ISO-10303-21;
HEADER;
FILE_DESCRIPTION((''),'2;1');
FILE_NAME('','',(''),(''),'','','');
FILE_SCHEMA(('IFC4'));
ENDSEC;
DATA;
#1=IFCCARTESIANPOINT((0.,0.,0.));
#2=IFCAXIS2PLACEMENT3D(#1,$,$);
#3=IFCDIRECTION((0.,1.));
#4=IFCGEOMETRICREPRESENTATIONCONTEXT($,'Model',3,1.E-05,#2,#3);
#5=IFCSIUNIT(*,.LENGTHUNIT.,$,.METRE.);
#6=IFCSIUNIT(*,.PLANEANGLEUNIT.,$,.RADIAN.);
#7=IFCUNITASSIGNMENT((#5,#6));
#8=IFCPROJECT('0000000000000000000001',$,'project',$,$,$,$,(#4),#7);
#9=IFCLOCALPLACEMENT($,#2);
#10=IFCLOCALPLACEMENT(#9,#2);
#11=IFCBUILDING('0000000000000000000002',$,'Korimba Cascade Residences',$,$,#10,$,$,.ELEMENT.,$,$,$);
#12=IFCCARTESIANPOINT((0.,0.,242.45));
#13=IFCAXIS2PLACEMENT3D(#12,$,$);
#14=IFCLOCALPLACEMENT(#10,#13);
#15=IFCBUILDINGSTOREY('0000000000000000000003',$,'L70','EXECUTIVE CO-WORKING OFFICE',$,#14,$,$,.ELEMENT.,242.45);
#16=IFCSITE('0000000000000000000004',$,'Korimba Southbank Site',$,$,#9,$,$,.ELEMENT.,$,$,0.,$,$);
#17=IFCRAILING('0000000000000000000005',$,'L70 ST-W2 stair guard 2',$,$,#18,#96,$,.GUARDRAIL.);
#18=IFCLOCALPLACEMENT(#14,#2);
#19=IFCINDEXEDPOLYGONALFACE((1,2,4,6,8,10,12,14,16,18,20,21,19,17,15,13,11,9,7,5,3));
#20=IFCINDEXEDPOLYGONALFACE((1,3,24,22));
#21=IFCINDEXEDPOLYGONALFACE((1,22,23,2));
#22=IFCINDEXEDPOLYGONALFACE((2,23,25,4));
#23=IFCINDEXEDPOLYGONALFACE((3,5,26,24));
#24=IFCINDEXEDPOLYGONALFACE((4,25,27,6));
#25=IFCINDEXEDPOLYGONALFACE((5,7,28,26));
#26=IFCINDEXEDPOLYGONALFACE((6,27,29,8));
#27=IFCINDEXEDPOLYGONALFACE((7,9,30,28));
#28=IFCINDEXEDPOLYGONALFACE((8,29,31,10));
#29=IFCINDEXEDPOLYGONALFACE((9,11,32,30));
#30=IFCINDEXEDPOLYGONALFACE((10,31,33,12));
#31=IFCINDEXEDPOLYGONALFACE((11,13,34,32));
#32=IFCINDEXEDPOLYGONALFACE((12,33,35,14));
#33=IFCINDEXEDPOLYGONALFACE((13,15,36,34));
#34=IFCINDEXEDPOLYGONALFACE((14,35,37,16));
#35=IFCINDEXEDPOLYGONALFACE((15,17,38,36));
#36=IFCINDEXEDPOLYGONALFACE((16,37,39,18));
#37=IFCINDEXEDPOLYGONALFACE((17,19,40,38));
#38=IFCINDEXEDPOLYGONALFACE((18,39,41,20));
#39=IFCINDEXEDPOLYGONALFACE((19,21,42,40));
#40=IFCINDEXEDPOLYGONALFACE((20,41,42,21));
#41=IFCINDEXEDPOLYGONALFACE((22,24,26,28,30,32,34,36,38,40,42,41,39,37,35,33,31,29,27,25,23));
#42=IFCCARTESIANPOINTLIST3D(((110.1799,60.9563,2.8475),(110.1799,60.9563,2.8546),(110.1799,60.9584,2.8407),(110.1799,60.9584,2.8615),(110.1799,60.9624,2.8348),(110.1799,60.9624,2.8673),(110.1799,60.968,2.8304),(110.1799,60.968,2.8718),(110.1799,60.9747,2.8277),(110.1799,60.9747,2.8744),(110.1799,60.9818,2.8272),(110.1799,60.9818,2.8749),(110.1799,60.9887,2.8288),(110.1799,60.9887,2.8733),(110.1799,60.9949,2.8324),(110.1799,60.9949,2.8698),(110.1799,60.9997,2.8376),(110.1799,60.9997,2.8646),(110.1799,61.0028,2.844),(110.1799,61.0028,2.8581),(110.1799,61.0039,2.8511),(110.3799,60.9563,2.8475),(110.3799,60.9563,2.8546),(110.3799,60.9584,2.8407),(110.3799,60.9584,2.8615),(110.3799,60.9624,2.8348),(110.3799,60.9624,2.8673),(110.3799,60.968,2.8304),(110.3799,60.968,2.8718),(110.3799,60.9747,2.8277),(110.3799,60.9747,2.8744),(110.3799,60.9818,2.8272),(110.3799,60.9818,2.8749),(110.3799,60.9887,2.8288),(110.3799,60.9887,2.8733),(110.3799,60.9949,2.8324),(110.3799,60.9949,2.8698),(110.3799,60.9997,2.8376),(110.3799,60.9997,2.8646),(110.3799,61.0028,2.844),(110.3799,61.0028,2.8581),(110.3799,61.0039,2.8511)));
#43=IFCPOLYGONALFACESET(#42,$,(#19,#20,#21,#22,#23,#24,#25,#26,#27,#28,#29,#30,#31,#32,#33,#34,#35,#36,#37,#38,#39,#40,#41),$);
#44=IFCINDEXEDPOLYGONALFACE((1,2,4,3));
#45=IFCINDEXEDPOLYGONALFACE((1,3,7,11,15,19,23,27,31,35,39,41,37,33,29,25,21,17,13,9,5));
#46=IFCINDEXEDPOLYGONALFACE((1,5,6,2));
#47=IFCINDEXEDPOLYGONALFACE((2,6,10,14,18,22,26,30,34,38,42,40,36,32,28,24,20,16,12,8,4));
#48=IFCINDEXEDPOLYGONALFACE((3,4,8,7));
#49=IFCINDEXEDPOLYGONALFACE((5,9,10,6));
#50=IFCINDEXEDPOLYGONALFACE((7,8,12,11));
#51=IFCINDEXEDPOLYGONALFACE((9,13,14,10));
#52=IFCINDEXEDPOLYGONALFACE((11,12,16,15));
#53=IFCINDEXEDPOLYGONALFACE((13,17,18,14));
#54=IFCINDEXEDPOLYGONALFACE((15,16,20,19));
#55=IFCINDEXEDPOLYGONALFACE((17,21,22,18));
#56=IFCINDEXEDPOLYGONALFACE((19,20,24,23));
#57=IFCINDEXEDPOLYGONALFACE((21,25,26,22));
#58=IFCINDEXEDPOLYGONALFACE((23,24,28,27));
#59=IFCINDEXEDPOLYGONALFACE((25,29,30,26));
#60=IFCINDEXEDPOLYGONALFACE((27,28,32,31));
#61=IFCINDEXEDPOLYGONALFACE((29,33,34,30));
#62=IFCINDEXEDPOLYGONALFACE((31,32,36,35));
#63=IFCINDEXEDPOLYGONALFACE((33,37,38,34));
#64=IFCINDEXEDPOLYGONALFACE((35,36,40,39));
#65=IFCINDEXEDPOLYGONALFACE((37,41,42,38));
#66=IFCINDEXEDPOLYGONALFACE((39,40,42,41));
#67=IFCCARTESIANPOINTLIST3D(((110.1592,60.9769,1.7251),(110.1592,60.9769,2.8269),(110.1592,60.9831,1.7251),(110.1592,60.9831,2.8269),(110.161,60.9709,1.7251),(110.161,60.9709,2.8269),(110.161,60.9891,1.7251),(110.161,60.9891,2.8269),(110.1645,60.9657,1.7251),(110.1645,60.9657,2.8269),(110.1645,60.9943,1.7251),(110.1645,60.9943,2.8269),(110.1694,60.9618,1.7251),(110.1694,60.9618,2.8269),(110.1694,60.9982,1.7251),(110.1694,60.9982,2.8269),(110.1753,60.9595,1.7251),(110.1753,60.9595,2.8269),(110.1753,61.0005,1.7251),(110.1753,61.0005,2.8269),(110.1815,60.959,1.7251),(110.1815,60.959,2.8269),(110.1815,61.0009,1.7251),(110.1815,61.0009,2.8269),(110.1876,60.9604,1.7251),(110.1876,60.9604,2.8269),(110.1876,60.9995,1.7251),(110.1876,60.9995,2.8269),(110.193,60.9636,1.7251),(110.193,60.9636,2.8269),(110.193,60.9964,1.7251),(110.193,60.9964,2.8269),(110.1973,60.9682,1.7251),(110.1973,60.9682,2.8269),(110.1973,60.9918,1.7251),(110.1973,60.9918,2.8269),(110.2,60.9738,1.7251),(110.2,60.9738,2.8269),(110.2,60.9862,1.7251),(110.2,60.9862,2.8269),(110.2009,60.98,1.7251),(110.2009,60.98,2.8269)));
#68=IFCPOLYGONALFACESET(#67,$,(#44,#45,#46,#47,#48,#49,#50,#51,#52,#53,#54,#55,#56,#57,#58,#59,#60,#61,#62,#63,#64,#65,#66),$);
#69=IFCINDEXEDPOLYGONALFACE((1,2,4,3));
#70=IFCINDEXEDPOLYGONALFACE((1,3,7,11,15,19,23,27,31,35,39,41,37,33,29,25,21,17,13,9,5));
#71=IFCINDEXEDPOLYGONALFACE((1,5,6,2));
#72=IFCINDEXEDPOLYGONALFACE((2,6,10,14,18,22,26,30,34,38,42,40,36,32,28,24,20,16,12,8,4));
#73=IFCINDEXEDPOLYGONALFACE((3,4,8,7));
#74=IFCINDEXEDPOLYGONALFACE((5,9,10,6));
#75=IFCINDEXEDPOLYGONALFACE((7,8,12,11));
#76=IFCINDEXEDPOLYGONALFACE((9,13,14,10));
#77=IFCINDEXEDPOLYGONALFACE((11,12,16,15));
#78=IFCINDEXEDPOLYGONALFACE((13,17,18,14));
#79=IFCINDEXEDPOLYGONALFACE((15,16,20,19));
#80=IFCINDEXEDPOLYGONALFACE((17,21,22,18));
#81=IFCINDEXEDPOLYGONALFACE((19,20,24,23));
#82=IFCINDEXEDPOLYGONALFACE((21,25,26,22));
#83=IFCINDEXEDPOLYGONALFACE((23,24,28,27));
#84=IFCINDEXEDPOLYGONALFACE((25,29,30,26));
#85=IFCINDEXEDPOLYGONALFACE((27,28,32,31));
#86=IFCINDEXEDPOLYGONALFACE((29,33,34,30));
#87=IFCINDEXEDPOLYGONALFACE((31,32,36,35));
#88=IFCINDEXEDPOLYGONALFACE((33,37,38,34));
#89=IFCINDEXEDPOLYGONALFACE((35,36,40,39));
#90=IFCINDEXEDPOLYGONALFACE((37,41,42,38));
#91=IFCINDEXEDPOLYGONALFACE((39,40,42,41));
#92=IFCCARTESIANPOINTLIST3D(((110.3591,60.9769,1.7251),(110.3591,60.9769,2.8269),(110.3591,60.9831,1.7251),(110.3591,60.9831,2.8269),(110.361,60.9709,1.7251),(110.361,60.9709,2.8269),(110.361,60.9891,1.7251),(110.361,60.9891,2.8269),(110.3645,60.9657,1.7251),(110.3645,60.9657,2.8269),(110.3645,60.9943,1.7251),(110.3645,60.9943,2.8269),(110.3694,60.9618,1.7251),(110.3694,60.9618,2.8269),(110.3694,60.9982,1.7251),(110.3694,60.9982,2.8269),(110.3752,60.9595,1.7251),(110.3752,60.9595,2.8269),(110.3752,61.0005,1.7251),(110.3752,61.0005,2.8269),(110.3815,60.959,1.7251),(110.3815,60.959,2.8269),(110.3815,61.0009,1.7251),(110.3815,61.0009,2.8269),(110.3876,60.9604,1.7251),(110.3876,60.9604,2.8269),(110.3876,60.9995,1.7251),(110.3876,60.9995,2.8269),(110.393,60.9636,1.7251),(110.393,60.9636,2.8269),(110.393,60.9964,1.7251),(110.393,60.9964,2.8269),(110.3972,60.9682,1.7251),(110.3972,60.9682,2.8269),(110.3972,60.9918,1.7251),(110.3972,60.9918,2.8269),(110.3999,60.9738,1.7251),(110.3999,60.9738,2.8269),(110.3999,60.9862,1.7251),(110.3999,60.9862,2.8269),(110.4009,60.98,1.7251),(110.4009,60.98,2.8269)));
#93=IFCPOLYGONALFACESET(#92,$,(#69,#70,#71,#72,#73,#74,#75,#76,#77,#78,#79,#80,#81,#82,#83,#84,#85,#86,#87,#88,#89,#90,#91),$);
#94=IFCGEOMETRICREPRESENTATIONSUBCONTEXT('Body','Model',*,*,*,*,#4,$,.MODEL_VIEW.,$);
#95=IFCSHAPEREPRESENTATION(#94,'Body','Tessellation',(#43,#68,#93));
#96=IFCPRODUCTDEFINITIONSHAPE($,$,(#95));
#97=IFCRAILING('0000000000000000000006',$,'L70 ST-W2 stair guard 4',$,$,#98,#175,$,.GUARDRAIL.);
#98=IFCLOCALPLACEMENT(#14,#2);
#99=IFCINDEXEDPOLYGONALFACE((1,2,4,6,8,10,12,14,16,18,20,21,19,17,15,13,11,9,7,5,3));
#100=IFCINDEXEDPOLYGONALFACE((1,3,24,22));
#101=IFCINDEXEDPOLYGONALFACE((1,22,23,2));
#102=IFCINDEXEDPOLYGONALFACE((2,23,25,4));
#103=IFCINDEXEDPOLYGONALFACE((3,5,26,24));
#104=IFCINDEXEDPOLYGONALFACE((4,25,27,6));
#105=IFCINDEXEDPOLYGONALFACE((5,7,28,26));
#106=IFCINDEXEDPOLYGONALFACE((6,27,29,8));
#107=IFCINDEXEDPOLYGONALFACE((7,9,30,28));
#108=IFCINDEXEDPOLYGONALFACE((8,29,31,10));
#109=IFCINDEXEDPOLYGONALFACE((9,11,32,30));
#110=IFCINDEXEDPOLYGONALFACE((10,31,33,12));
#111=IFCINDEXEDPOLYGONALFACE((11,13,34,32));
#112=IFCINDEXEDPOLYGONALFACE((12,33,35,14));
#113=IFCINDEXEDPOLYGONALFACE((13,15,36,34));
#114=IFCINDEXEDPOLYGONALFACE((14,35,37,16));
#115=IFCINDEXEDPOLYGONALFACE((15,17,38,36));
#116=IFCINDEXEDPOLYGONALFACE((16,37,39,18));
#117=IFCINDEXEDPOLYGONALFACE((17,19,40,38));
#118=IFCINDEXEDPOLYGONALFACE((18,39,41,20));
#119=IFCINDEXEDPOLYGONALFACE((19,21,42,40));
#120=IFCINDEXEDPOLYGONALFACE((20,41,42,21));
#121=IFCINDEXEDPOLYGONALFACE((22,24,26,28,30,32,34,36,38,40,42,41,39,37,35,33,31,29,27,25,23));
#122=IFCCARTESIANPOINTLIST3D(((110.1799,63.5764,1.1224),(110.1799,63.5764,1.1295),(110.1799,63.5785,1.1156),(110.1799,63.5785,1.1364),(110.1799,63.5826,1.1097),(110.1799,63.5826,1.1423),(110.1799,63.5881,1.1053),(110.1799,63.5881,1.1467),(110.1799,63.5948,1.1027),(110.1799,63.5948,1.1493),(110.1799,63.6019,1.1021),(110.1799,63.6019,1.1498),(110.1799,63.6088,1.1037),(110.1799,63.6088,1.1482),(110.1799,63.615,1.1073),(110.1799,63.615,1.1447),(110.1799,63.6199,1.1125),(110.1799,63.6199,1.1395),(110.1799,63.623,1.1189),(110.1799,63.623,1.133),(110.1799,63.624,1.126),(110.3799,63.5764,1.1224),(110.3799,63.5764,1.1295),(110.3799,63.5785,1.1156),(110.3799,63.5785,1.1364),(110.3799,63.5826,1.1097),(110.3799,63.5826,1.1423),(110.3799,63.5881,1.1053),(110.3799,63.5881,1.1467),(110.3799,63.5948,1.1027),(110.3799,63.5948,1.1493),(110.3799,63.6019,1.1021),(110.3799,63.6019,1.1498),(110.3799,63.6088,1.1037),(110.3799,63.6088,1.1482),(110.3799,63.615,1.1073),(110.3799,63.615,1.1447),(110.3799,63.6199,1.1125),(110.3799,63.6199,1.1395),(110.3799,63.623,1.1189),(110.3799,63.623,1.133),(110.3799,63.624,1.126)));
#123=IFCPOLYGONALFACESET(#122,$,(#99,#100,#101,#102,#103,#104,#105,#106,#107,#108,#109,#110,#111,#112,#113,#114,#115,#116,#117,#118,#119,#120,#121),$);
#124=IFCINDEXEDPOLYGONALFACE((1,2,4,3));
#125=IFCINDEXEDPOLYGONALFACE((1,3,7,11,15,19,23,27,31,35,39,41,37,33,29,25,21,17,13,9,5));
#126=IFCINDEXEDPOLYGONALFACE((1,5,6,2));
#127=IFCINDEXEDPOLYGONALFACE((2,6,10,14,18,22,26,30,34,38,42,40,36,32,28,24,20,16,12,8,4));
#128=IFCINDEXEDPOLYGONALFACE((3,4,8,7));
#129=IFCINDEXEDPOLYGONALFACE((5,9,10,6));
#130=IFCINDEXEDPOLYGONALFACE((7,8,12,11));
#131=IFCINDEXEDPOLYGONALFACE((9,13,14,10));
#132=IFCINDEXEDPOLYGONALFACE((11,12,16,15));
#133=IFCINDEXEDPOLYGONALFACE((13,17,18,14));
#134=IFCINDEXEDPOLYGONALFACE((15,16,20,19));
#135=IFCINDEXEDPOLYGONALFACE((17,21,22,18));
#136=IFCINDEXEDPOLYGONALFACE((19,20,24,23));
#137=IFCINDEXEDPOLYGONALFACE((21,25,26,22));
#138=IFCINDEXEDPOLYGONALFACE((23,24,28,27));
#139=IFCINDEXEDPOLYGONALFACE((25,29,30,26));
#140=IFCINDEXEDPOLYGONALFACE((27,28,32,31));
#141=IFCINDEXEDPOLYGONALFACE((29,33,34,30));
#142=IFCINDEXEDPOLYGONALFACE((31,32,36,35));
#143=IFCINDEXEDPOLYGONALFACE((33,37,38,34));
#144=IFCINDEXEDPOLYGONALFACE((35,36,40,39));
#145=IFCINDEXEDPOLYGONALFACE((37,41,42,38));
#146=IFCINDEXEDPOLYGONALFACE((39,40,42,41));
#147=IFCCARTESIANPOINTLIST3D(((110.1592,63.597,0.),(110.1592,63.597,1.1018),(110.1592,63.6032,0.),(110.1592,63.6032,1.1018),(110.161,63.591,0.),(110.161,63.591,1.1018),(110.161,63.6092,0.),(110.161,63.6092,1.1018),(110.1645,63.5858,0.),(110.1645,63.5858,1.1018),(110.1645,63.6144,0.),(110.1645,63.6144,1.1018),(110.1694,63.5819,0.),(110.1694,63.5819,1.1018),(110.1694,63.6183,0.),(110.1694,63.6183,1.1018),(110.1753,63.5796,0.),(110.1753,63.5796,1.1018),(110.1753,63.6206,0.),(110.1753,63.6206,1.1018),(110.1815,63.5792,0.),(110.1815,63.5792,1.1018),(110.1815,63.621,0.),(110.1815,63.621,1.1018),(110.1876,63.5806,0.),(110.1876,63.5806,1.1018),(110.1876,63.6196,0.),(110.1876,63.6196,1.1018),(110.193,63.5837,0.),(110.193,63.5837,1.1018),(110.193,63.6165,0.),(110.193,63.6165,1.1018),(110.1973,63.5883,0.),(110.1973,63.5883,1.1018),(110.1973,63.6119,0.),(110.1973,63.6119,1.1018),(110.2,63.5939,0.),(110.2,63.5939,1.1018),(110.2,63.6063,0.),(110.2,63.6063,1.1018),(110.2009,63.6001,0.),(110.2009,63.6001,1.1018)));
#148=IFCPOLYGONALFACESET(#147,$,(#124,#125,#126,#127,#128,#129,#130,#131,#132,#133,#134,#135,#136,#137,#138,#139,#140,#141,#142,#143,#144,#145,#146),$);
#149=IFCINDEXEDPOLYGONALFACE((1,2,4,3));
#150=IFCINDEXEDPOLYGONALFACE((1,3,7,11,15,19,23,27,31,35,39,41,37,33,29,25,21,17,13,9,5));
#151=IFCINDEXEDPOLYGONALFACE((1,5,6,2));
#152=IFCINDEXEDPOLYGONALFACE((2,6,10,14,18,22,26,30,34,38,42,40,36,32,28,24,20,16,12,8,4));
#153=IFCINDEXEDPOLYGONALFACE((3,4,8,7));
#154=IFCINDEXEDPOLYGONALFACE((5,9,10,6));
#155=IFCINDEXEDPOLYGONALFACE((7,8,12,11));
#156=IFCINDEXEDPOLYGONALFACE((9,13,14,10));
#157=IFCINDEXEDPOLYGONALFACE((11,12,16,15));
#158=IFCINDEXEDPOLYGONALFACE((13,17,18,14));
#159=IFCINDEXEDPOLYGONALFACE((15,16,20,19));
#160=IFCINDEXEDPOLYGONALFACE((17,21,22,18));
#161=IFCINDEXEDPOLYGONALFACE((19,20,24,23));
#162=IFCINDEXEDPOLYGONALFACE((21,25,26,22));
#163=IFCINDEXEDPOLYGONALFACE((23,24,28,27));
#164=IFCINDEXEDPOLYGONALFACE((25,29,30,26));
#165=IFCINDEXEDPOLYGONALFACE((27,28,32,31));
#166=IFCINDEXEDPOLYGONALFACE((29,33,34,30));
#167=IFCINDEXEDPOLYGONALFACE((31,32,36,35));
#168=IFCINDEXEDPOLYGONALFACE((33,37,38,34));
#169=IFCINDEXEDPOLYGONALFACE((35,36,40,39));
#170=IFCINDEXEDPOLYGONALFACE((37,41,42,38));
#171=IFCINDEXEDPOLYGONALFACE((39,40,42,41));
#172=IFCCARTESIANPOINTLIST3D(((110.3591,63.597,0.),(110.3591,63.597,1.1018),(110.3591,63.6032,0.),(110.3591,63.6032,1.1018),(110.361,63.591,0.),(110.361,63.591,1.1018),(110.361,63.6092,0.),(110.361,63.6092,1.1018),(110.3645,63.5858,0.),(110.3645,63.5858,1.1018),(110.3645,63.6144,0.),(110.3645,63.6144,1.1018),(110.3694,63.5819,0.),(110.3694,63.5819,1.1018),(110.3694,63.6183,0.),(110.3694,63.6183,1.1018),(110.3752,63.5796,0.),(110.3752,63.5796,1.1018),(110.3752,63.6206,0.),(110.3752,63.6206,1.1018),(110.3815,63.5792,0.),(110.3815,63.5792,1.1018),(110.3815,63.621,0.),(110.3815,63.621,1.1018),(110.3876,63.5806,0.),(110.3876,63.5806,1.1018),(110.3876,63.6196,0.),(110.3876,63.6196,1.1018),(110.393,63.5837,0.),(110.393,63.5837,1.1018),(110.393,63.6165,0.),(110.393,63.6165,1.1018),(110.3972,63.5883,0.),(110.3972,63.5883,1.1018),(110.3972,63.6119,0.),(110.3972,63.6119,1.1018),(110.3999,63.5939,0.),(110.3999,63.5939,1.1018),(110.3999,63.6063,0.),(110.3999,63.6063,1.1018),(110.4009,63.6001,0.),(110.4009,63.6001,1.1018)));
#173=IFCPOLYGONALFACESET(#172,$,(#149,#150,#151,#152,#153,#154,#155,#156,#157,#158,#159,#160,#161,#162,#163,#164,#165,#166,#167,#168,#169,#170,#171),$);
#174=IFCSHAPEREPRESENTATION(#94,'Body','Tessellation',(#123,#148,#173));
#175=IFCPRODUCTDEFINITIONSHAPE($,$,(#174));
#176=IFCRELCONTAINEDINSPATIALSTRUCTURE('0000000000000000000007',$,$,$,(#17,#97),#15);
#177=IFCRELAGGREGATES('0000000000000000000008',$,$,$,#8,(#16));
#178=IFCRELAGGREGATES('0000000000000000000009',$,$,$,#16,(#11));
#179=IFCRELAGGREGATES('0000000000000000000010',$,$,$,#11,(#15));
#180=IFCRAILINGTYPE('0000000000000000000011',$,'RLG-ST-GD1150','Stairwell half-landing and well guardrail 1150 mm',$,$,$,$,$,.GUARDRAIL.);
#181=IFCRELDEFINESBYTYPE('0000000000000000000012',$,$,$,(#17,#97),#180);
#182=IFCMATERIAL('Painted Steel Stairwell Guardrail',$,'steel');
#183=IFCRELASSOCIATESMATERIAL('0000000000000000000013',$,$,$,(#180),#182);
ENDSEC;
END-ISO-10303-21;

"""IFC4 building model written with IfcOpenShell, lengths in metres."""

from ifc_helpers import new_model, si_unit, direction, frame, origin, origin_2d, place, context, subcontext, project, spatial, circle, extrude, material, type_object, element, save


model = new_model("IFC4")

# Units and contexts
model_context = context("Model", 3, precision=1e-05, world=origin(), true_north=direction((0.0, 1.0)))
body_context = subcontext(model_context, "Body", "Model", "MODEL_VIEW")
ifc_project = project(units=[si_unit("LENGTHUNIT", "METRE"), si_unit("PLANEANGLEUNIT", "RADIAN")], contexts=[model_context])

# Site, building, storey
site_placement = place(None, origin())
site = spatial("IfcSite", under=ifc_project, at=site_placement, Name="Korimba Southbank Site", CompositionType="ELEMENT", RefElevation=0.0)
building_placement = place(site_placement, origin())
building = spatial("IfcBuilding", under=site, at=building_placement, Name="Korimba Cascade Residences", CompositionType="ELEMENT")
storey_placement = place(building_placement, frame((0.0, 0.0, 242.45)))
storey = spatial("IfcBuildingStorey", under=building, at=storey_placement, Name="L70", Description="EXECUTIVE CO-WORKING OFFICE", CompositionType="ELEMENT", Elevation=242.45)

# Railings
ifc_material_1 = material(Name="Painted Steel Stairwell Guardrail", Category="steel")
railing_type_1 = type_object("IfcRailingType", Name="RLG-ST-GD1150", Description="Stairwell half-landing and well guardrail 1150 mm", PredefinedType="GUARDRAIL", material=ifc_material_1)
for number, where, name in (
    (1, (110.1799, 60.98, 1.7251), "L70 ST-W2 stair guard 2"),
    (2, (110.1799, 63.6001, 0.0), "L70 ST-W2 stair guard 4"),
):
    element("IfcRailing", number, at=place(storey_placement, frame(where)), inside=storey, type_object=railing_type_1, Name=name, PredefinedType="GUARDRAIL", context=body_context, shape_type="SweptSolid", body=[
        extrude(circle(Radius=0.0239, at=origin_2d()), frame((0.0, 0.0, 1.126), z_axis=(1.0, 0.0, 0.0), x_axis=(0.0, 1.0, 0.0)), (0.0, 0.0, 1.0), 0.2),
        extrude(circle(Radius=0.021, at=origin_2d()), origin(), (0.0, 0.0, 1.0), 1.1018),
        extrude(circle(Radius=0.021, at=origin_2d()), frame((0.2, 0.0, 0.0)), (0.0, 0.0, 1.0), 1.1018),
    ])

save(model, "model.ifc")
